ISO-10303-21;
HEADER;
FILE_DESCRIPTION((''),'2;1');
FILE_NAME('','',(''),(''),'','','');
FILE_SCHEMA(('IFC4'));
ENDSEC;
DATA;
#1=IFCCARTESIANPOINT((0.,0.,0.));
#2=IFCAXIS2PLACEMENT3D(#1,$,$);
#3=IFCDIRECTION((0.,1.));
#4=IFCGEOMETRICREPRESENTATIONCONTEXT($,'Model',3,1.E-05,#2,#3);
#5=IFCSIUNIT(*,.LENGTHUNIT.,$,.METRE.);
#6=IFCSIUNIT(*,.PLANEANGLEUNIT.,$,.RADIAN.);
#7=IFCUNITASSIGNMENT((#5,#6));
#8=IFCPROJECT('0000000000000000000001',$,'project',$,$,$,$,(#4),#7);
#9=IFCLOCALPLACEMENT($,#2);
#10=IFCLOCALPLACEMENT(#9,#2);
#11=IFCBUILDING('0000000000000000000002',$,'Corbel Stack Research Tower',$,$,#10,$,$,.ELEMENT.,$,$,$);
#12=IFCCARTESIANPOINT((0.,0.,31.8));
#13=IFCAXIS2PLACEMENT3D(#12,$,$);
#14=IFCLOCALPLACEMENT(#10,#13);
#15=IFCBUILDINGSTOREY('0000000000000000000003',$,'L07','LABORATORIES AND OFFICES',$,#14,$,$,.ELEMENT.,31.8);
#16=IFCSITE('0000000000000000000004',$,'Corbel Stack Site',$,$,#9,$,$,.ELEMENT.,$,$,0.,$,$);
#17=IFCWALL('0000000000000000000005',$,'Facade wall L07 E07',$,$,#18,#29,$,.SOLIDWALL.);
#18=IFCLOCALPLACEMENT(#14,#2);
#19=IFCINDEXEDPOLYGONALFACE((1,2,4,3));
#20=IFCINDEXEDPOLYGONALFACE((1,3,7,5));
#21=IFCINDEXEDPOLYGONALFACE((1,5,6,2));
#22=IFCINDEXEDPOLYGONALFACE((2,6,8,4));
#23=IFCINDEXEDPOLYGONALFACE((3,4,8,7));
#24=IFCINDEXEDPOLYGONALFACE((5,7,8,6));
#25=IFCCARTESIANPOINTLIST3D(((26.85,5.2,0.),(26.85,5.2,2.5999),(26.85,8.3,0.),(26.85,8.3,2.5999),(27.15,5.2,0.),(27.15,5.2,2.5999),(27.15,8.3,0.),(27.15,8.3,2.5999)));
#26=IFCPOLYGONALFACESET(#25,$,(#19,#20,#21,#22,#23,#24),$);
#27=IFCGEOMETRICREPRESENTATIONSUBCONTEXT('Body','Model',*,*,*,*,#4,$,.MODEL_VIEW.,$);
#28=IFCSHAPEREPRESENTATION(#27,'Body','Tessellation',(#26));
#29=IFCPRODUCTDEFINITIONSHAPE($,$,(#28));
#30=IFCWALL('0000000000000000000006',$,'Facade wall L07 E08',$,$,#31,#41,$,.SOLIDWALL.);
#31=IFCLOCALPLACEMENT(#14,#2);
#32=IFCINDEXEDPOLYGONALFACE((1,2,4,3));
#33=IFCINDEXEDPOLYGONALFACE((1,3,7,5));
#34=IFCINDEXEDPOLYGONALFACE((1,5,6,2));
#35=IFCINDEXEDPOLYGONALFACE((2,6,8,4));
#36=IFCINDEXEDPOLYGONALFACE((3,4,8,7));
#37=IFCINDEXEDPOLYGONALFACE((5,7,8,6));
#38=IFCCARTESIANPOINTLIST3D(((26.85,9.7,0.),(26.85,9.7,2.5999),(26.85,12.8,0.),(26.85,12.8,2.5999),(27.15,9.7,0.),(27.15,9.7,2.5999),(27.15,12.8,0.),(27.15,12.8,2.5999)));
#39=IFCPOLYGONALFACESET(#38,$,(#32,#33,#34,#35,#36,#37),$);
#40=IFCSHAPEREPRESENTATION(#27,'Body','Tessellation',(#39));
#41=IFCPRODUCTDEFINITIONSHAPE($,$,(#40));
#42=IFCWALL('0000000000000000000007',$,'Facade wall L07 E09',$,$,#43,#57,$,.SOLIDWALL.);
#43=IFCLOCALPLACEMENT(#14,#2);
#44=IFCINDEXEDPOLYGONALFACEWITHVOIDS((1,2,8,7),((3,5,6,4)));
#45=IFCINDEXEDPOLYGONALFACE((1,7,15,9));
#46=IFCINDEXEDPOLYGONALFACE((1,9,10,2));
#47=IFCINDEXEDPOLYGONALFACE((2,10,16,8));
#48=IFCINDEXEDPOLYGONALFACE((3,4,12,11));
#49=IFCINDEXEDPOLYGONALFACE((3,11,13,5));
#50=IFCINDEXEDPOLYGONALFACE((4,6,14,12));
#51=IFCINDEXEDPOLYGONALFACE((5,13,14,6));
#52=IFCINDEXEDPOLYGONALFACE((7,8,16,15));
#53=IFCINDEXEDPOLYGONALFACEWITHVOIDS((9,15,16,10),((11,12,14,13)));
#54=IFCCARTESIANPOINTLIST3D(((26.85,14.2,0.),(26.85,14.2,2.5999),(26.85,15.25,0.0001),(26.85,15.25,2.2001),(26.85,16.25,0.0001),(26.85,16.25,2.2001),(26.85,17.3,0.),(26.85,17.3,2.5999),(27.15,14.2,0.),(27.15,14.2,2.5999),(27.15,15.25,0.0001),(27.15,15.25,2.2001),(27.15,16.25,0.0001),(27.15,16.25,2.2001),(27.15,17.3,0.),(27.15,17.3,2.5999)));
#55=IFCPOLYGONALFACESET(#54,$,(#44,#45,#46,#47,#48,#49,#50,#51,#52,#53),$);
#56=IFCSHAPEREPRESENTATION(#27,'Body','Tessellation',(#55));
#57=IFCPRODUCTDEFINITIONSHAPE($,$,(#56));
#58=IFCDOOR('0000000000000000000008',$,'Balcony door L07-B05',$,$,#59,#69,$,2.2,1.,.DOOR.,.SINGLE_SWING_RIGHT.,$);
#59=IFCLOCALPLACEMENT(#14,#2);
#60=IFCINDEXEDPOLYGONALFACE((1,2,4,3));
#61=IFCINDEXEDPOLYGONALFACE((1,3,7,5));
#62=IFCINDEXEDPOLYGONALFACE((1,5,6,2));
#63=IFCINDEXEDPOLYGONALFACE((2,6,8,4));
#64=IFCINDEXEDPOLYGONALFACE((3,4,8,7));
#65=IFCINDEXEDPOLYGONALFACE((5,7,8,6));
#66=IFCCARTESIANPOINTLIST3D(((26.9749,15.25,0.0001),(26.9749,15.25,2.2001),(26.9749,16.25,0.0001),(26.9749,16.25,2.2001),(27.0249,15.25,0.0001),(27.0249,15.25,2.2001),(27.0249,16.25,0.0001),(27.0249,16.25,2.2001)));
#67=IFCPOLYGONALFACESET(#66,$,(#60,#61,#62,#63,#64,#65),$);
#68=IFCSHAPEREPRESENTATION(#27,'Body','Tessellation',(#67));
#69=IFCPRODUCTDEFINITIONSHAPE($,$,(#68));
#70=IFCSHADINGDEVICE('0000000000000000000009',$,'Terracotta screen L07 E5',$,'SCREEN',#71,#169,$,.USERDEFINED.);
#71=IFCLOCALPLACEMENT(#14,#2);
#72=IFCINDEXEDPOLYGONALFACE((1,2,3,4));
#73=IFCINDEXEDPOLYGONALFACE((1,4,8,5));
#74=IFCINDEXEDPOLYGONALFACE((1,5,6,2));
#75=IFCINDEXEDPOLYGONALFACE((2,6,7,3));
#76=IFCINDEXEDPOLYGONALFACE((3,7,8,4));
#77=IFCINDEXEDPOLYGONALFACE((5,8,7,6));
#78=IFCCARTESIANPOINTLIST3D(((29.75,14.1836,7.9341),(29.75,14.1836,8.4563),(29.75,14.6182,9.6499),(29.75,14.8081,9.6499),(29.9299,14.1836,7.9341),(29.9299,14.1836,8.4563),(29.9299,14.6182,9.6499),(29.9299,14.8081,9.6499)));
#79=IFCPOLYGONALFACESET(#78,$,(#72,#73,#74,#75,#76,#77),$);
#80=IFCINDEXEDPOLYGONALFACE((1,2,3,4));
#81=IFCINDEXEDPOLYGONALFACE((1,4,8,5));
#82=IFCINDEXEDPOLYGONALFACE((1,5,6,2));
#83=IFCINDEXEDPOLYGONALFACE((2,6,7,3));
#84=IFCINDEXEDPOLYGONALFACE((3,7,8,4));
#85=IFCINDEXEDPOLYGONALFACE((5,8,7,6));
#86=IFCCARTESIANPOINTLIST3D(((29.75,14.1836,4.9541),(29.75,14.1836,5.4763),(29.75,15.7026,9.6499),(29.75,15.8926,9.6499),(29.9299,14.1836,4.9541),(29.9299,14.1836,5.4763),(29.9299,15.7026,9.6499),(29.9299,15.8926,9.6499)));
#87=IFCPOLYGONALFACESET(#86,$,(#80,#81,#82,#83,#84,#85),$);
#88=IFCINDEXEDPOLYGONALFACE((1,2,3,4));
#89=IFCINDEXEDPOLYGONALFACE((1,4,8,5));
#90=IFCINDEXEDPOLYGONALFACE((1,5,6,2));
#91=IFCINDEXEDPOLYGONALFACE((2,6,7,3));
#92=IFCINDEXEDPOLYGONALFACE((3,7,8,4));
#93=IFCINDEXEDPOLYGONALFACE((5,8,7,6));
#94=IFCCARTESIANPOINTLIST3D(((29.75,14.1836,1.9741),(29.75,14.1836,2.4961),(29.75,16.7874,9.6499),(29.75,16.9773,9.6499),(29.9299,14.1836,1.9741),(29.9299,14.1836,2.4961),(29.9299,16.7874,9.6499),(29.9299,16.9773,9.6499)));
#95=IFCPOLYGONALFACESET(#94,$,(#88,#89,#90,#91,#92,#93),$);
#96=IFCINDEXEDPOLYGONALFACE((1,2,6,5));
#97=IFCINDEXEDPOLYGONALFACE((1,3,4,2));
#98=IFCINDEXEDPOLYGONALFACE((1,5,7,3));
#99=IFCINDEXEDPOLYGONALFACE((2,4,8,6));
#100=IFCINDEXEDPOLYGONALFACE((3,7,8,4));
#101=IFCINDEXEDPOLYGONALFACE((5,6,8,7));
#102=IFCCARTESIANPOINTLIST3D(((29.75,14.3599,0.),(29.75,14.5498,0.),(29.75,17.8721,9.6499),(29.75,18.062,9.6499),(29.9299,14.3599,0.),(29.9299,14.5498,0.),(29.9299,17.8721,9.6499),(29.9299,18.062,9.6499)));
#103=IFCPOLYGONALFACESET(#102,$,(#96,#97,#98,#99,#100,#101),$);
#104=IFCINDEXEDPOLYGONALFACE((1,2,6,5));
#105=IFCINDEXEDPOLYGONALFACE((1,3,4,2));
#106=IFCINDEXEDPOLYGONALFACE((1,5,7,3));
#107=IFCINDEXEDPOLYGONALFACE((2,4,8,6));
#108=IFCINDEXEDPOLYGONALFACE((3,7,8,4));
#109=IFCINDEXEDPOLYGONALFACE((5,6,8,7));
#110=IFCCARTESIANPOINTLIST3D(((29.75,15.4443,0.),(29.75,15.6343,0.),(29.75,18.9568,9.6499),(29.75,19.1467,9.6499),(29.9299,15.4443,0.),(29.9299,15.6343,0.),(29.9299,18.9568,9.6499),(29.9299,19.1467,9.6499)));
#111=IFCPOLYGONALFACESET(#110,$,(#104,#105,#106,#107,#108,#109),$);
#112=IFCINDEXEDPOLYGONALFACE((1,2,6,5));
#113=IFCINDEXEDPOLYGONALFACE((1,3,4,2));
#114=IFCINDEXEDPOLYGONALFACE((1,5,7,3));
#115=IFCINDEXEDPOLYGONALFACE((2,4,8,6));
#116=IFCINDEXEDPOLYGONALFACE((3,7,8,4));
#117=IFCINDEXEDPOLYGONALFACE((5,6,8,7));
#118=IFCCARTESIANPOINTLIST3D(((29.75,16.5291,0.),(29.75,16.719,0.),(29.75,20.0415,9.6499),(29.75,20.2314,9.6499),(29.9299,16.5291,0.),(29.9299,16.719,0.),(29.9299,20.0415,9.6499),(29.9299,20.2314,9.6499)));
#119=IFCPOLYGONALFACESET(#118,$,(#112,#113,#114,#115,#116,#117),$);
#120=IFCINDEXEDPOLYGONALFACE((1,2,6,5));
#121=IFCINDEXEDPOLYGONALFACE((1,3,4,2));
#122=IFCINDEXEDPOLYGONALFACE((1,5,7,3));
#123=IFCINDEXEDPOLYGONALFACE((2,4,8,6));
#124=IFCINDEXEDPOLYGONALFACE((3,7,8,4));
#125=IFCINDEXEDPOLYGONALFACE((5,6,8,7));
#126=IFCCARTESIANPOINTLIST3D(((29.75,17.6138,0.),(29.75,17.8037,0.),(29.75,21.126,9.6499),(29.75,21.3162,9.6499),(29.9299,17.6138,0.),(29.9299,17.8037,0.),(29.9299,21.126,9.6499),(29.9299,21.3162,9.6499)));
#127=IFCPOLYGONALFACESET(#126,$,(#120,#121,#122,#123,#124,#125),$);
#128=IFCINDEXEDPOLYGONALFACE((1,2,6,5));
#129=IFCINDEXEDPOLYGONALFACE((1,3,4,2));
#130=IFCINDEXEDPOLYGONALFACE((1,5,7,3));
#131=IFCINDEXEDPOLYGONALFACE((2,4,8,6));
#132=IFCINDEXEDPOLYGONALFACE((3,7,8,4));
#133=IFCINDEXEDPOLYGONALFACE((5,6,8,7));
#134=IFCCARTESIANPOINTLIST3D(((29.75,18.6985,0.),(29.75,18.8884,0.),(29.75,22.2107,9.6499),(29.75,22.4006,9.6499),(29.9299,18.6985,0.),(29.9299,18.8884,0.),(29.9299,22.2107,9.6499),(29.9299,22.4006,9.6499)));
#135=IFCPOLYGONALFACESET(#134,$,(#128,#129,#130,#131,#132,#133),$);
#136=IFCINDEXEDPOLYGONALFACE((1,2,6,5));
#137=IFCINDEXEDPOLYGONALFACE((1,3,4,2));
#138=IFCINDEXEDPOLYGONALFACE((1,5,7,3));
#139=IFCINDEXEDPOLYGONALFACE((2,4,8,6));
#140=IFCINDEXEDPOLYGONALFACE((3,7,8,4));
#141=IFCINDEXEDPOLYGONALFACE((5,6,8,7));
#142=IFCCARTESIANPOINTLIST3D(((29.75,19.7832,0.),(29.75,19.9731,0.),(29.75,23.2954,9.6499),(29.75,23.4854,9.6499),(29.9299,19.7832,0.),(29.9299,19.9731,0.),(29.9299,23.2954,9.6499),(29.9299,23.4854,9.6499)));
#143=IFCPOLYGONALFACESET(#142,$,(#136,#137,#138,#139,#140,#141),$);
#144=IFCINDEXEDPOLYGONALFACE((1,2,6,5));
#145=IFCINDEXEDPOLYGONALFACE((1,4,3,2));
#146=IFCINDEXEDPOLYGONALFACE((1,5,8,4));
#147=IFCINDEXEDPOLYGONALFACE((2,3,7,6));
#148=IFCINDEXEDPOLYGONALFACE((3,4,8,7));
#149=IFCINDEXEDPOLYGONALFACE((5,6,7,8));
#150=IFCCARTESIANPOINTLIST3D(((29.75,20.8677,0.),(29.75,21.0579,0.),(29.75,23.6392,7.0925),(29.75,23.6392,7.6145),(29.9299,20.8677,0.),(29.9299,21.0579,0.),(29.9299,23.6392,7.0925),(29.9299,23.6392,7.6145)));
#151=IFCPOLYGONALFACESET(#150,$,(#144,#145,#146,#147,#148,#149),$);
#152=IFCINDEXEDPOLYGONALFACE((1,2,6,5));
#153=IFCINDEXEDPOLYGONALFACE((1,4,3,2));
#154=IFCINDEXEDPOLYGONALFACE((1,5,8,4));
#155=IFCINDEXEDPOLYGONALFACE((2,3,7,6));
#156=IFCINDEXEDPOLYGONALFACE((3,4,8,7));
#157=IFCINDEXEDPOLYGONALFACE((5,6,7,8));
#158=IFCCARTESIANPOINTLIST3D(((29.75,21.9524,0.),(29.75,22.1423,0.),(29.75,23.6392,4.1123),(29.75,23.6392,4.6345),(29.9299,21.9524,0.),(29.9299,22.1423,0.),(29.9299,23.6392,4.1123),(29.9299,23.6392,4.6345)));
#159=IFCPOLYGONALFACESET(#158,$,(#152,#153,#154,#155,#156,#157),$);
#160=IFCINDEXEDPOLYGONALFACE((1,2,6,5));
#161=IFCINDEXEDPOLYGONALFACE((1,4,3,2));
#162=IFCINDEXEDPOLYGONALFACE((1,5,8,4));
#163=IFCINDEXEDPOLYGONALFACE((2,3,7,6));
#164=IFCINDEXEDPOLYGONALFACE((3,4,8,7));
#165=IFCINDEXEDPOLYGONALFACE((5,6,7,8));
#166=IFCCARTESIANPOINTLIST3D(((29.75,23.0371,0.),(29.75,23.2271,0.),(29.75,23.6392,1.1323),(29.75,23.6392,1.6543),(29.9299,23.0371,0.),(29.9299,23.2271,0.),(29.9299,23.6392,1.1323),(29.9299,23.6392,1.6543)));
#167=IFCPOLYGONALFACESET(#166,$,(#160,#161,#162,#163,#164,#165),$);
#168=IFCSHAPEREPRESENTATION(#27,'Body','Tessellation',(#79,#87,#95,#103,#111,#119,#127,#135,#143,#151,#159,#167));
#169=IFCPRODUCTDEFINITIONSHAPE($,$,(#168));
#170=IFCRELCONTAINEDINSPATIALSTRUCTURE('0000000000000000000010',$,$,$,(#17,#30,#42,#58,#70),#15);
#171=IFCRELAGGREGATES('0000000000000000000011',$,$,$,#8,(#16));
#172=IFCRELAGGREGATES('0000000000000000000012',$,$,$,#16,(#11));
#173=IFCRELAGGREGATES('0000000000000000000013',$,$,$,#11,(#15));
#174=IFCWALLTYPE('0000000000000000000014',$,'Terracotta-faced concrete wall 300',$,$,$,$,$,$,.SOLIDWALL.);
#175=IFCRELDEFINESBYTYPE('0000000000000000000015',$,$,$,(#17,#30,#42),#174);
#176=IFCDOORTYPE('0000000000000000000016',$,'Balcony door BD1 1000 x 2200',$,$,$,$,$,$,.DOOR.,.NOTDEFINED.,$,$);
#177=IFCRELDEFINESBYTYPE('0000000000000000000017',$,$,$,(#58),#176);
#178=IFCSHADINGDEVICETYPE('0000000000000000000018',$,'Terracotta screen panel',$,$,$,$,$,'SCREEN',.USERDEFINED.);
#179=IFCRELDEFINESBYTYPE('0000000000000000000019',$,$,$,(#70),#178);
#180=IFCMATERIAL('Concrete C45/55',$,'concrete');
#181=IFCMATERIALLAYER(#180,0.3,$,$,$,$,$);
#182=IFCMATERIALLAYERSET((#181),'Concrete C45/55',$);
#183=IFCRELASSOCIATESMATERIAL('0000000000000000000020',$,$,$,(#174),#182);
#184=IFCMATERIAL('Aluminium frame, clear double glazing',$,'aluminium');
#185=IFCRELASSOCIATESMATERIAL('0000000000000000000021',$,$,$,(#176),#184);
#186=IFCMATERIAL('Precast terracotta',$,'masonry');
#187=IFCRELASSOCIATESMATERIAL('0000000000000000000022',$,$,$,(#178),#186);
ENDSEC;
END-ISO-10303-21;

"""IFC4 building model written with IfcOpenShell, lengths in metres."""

from ifc_helpers import new_model, si_unit, direction, frame, frame_2d, origin, place, context, subcontext, project, spatial, polyline, rectangle, outline, extrude, source, transform, mapped, material, layer, layer_set, type_object, element, fill, save


model = new_model("IFC4")

# Units and contexts
model_context = context("Model", 3, precision=1e-05, world=origin(), true_north=direction((0.0, 1.0)))
body_context = subcontext(model_context, "Body", "Model", "MODEL_VIEW")
ifc_project = project(units=[si_unit("LENGTHUNIT", "METRE"), si_unit("PLANEANGLEUNIT", "RADIAN")], contexts=[model_context])

# Site, building, storey
site_placement = place(None, origin())
site = spatial("IfcSite", under=ifc_project, at=site_placement, Name="Corbel Stack Site", CompositionType="ELEMENT", RefElevation=0.0)
building_placement = place(site_placement, origin())
building = spatial("IfcBuilding", under=site, at=building_placement, Name="Corbel Stack Research Tower", CompositionType="ELEMENT")
storey_placement = place(building_placement, frame((0.0, 0.0, 31.8)))
storey = spatial("IfcBuildingStorey", under=building, at=storey_placement, Name="L07", Description="LABORATORIES AND OFFICES", CompositionType="ELEMENT", Elevation=31.8)

# Walls
ifc_material_1 = material(Name="Concrete C45/55", Category="concrete")
ifc_layer_1 = layer(ifc_material_1, 0.3)
ifc_layer_set_1 = layer_set([ifc_layer_1], Name="Concrete C45/55")
wall_type_1 = type_object("IfcWallType", Name="Terracotta-faced concrete wall 300", PredefinedType="SOLIDWALL", material=ifc_layer_set_1)
for number, where, z_axis, x_axis, name in (
    (1, (27.0, 8.3, 0.0), (0.0, 0.0, 1.0), (0.0, -1.0, 0.0), "Facade wall L07 E07"),
    (2, (27.0, 12.8, 0.0), (0.0, 0.0, 1.0), (0.0, -1.0, 0.0), "Facade wall L07 E08"),
):
    element("IfcWall", number, at=place(storey_placement, frame(where, z_axis=z_axis, x_axis=x_axis)), inside=storey, type_object=wall_type_1, Name=name, PredefinedType="SOLIDWALL", context=body_context, shape_type="SweptSolid", body=[
        extrude(rectangle(XDim=3.1001, YDim=0.3, at=frame_2d((1.55, 0.0))), origin(), (0.0, 0.0, 1.0), 2.5999),
    ])

# Wall, opening, door
wall_1_placement = place(storey_placement, frame((27.0, 17.3, 0.0), z_axis=(0.0, 0.0, 1.0), x_axis=(0.0, -1.0, 0.0)))
wall_1 = element("IfcWall", 3, at=wall_1_placement, inside=storey, type_object=wall_type_1, Name="Facade wall L07 E09", PredefinedType="SOLIDWALL", context=body_context, shape_type="SweptSolid", body=[
    extrude(rectangle(XDim=3.1001, YDim=0.3, at=frame_2d((1.55, 0.0))), origin(), (0.0, 0.0, 1.0), 2.5999),
])
opening_placement = place(wall_1_placement, frame((1.05, 0.0, 0.0)))
opening = element("IfcOpeningElement", 4, at=opening_placement, cuts=wall_1, PredefinedType="OPENING", context=body_context, shape_type="SweptSolid", body=[
    extrude(rectangle(XDim=1.0, YDim=2.2, at=frame_2d((0.5, 1.1001))), frame((0.0, 0.1599, 0.0), z_axis=(0.0, -1.0, 0.0), x_axis=(1.0, 0.0, 0.0)), (0.0, 0.0, 1.0), 0.3201),
])
ifc_material_2 = material(Name="Aluminium frame, clear double glazing", Category="aluminium")
door_type = type_object("IfcDoorType", Name="Balcony door BD1 1000 x 2200", OperationType="NOTDEFINED", PredefinedType="DOOR", material=ifc_material_2)
door_placement = place(opening_placement, origin())
door = element("IfcDoor", 5, at=door_placement, inside=storey, type_object=door_type, Name="Balcony door L07-B05", OperationType="SINGLE_SWING_RIGHT", OverallHeight=2.2, OverallWidth=1.0, PredefinedType="DOOR", context=body_context, shape_type="SweptSolid", body=[
    extrude(rectangle(XDim=1.0, YDim=2.2, at=frame_2d((0.5, 1.1001))), frame((0.0, 0.0249, 0.0), z_axis=(0.0, -1.0, 0.0), x_axis=(1.0, 0.0, 0.0)), (0.0, 0.0, 1.0), 0.05),
])
fill(opening, door)

# Shading device
ifc_material_3 = material(Name="Precast terracotta", Category="masonry")
shading_device_type = type_object("IfcShadingDeviceType", Name="Terracotta screen panel", ElementType="SCREEN", PredefinedType="USERDEFINED", material=ifc_material_3)
shared_shape_1 = source(origin(), body_context, "Body", "SweptSolid", [
    extrude(outline(polyline([(0.6245, 9.6499), (0.4346, 9.6499), (0.0, 8.4563), (0.0, 7.9341), (0.6245, 9.6499)])), frame((0.0, 0.0, 0.0), z_axis=(0.0, -1.0, 0.0), x_axis=(1.0, 0.0, 0.0)), (0.0, 0.0, 1.0), 0.1799),
    extrude(outline(polyline([(1.709, 9.6499), (1.519, 9.6499), (0.0, 5.4763), (0.0, 4.9541), (1.709, 9.6499)])), frame((0.0, 0.0, 0.0), z_axis=(0.0, -1.0, 0.0), x_axis=(1.0, 0.0, 0.0)), (0.0, 0.0, 1.0), 0.1799),
    extrude(outline(polyline([(2.7937, 9.6499), (2.6038, 9.6499), (0.0, 2.4961), (0.0, 1.9741), (2.7937, 9.6499)])), frame((0.0, 0.0, 0.0), z_axis=(0.0, -1.0, 0.0), x_axis=(1.0, 0.0, 0.0)), (0.0, 0.0, 1.0), 0.1799),
    extrude(outline(polyline([(0.3662, 0.0), (3.8784, 9.6499), (3.6885, 9.6499), (0.1763, 0.0), (0.3662, 0.0)])), frame((0.0, 0.0, 0.0), z_axis=(0.0, -1.0, 0.0), x_axis=(1.0, 0.0, 0.0)), (0.0, 0.0, 1.0), 0.1799),
    extrude(outline(polyline([(1.4507, 0.0), (4.9631, 9.6499), (4.7732, 9.6499), (1.2607, 0.0), (1.4507, 0.0)])), frame((0.0, 0.0, 0.0), z_axis=(0.0, -1.0, 0.0), x_axis=(1.0, 0.0, 0.0)), (0.0, 0.0, 1.0), 0.1799),
    extrude(outline(polyline([(2.5354, 0.0), (6.0479, 9.6499), (5.8579, 9.6499), (2.3455, 0.0), (2.5354, 0.0)])), frame((0.0, 0.0, 0.0), z_axis=(0.0, -1.0, 0.0), x_axis=(1.0, 0.0, 0.0)), (0.0, 0.0, 1.0), 0.1799),
    extrude(outline(polyline([(3.6201, 0.0), (7.1326, 9.6499), (6.9424, 9.6499), (3.4302, 0.0), (3.6201, 0.0)])), frame((0.0, 0.0, 0.0), z_axis=(0.0, -1.0, 0.0), x_axis=(1.0, 0.0, 0.0)), (0.0, 0.0, 1.0), 0.1799),
    extrude(outline(polyline([(4.7048, 0.0), (8.217, 9.6499), (8.0271, 9.6499), (4.5149, 0.0), (4.7048, 0.0)])), frame((0.0, 0.0, 0.0), z_axis=(0.0, -1.0, 0.0), x_axis=(1.0, 0.0, 0.0)), (0.0, 0.0, 1.0), 0.1799),
    extrude(outline(polyline([(5.7896, 0.0), (9.3018, 9.6499), (9.1118, 9.6499), (5.5996, 0.0), (5.7896, 0.0)])), frame((0.0, 0.0, 0.0), z_axis=(0.0, -1.0, 0.0), x_axis=(1.0, 0.0, 0.0)), (0.0, 0.0, 1.0), 0.1799),
    extrude(outline(polyline([(6.8743, 0.0), (9.4556, 7.0925), (9.4556, 7.6145), (6.6841, 0.0), (6.8743, 0.0)])), frame((0.0, 0.0, 0.0), z_axis=(0.0, -1.0, 0.0), x_axis=(1.0, 0.0, 0.0)), (0.0, 0.0, 1.0), 0.1799),
    extrude(outline(polyline([(7.9587, 0.0), (9.4556, 4.1123), (9.4556, 4.6345), (7.7688, 0.0), (7.9587, 0.0)])), frame((0.0, 0.0, 0.0), z_axis=(0.0, -1.0, 0.0), x_axis=(1.0, 0.0, 0.0)), (0.0, 0.0, 1.0), 0.1799),
    extrude(outline(polyline([(9.0435, 0.0), (9.4556, 1.1323), (9.4556, 1.6543), (8.8535, 0.0), (9.0435, 0.0)])), frame((0.0, 0.0, 0.0), z_axis=(0.0, -1.0, 0.0), x_axis=(1.0, 0.0, 0.0)), (0.0, 0.0, 1.0), 0.1799),
])
shading_device_1_placement = place(storey_placement, frame((29.75, 14.1836, 0.0), z_axis=(0.0, 0.0, 1.0), x_axis=(0.0, 1.0, 0.0)))
element("IfcShadingDevice", 6, at=shading_device_1_placement, inside=storey, type_object=shading_device_type, Name="Terracotta screen L07 E5", ObjectType="SCREEN", PredefinedType="USERDEFINED", context=body_context, shape_type="MappedRepresentation", body=[
    mapped(shared_shape_1, transform((0.0, 0.0, 0.0))),
])

save(model, "model.ifc")
